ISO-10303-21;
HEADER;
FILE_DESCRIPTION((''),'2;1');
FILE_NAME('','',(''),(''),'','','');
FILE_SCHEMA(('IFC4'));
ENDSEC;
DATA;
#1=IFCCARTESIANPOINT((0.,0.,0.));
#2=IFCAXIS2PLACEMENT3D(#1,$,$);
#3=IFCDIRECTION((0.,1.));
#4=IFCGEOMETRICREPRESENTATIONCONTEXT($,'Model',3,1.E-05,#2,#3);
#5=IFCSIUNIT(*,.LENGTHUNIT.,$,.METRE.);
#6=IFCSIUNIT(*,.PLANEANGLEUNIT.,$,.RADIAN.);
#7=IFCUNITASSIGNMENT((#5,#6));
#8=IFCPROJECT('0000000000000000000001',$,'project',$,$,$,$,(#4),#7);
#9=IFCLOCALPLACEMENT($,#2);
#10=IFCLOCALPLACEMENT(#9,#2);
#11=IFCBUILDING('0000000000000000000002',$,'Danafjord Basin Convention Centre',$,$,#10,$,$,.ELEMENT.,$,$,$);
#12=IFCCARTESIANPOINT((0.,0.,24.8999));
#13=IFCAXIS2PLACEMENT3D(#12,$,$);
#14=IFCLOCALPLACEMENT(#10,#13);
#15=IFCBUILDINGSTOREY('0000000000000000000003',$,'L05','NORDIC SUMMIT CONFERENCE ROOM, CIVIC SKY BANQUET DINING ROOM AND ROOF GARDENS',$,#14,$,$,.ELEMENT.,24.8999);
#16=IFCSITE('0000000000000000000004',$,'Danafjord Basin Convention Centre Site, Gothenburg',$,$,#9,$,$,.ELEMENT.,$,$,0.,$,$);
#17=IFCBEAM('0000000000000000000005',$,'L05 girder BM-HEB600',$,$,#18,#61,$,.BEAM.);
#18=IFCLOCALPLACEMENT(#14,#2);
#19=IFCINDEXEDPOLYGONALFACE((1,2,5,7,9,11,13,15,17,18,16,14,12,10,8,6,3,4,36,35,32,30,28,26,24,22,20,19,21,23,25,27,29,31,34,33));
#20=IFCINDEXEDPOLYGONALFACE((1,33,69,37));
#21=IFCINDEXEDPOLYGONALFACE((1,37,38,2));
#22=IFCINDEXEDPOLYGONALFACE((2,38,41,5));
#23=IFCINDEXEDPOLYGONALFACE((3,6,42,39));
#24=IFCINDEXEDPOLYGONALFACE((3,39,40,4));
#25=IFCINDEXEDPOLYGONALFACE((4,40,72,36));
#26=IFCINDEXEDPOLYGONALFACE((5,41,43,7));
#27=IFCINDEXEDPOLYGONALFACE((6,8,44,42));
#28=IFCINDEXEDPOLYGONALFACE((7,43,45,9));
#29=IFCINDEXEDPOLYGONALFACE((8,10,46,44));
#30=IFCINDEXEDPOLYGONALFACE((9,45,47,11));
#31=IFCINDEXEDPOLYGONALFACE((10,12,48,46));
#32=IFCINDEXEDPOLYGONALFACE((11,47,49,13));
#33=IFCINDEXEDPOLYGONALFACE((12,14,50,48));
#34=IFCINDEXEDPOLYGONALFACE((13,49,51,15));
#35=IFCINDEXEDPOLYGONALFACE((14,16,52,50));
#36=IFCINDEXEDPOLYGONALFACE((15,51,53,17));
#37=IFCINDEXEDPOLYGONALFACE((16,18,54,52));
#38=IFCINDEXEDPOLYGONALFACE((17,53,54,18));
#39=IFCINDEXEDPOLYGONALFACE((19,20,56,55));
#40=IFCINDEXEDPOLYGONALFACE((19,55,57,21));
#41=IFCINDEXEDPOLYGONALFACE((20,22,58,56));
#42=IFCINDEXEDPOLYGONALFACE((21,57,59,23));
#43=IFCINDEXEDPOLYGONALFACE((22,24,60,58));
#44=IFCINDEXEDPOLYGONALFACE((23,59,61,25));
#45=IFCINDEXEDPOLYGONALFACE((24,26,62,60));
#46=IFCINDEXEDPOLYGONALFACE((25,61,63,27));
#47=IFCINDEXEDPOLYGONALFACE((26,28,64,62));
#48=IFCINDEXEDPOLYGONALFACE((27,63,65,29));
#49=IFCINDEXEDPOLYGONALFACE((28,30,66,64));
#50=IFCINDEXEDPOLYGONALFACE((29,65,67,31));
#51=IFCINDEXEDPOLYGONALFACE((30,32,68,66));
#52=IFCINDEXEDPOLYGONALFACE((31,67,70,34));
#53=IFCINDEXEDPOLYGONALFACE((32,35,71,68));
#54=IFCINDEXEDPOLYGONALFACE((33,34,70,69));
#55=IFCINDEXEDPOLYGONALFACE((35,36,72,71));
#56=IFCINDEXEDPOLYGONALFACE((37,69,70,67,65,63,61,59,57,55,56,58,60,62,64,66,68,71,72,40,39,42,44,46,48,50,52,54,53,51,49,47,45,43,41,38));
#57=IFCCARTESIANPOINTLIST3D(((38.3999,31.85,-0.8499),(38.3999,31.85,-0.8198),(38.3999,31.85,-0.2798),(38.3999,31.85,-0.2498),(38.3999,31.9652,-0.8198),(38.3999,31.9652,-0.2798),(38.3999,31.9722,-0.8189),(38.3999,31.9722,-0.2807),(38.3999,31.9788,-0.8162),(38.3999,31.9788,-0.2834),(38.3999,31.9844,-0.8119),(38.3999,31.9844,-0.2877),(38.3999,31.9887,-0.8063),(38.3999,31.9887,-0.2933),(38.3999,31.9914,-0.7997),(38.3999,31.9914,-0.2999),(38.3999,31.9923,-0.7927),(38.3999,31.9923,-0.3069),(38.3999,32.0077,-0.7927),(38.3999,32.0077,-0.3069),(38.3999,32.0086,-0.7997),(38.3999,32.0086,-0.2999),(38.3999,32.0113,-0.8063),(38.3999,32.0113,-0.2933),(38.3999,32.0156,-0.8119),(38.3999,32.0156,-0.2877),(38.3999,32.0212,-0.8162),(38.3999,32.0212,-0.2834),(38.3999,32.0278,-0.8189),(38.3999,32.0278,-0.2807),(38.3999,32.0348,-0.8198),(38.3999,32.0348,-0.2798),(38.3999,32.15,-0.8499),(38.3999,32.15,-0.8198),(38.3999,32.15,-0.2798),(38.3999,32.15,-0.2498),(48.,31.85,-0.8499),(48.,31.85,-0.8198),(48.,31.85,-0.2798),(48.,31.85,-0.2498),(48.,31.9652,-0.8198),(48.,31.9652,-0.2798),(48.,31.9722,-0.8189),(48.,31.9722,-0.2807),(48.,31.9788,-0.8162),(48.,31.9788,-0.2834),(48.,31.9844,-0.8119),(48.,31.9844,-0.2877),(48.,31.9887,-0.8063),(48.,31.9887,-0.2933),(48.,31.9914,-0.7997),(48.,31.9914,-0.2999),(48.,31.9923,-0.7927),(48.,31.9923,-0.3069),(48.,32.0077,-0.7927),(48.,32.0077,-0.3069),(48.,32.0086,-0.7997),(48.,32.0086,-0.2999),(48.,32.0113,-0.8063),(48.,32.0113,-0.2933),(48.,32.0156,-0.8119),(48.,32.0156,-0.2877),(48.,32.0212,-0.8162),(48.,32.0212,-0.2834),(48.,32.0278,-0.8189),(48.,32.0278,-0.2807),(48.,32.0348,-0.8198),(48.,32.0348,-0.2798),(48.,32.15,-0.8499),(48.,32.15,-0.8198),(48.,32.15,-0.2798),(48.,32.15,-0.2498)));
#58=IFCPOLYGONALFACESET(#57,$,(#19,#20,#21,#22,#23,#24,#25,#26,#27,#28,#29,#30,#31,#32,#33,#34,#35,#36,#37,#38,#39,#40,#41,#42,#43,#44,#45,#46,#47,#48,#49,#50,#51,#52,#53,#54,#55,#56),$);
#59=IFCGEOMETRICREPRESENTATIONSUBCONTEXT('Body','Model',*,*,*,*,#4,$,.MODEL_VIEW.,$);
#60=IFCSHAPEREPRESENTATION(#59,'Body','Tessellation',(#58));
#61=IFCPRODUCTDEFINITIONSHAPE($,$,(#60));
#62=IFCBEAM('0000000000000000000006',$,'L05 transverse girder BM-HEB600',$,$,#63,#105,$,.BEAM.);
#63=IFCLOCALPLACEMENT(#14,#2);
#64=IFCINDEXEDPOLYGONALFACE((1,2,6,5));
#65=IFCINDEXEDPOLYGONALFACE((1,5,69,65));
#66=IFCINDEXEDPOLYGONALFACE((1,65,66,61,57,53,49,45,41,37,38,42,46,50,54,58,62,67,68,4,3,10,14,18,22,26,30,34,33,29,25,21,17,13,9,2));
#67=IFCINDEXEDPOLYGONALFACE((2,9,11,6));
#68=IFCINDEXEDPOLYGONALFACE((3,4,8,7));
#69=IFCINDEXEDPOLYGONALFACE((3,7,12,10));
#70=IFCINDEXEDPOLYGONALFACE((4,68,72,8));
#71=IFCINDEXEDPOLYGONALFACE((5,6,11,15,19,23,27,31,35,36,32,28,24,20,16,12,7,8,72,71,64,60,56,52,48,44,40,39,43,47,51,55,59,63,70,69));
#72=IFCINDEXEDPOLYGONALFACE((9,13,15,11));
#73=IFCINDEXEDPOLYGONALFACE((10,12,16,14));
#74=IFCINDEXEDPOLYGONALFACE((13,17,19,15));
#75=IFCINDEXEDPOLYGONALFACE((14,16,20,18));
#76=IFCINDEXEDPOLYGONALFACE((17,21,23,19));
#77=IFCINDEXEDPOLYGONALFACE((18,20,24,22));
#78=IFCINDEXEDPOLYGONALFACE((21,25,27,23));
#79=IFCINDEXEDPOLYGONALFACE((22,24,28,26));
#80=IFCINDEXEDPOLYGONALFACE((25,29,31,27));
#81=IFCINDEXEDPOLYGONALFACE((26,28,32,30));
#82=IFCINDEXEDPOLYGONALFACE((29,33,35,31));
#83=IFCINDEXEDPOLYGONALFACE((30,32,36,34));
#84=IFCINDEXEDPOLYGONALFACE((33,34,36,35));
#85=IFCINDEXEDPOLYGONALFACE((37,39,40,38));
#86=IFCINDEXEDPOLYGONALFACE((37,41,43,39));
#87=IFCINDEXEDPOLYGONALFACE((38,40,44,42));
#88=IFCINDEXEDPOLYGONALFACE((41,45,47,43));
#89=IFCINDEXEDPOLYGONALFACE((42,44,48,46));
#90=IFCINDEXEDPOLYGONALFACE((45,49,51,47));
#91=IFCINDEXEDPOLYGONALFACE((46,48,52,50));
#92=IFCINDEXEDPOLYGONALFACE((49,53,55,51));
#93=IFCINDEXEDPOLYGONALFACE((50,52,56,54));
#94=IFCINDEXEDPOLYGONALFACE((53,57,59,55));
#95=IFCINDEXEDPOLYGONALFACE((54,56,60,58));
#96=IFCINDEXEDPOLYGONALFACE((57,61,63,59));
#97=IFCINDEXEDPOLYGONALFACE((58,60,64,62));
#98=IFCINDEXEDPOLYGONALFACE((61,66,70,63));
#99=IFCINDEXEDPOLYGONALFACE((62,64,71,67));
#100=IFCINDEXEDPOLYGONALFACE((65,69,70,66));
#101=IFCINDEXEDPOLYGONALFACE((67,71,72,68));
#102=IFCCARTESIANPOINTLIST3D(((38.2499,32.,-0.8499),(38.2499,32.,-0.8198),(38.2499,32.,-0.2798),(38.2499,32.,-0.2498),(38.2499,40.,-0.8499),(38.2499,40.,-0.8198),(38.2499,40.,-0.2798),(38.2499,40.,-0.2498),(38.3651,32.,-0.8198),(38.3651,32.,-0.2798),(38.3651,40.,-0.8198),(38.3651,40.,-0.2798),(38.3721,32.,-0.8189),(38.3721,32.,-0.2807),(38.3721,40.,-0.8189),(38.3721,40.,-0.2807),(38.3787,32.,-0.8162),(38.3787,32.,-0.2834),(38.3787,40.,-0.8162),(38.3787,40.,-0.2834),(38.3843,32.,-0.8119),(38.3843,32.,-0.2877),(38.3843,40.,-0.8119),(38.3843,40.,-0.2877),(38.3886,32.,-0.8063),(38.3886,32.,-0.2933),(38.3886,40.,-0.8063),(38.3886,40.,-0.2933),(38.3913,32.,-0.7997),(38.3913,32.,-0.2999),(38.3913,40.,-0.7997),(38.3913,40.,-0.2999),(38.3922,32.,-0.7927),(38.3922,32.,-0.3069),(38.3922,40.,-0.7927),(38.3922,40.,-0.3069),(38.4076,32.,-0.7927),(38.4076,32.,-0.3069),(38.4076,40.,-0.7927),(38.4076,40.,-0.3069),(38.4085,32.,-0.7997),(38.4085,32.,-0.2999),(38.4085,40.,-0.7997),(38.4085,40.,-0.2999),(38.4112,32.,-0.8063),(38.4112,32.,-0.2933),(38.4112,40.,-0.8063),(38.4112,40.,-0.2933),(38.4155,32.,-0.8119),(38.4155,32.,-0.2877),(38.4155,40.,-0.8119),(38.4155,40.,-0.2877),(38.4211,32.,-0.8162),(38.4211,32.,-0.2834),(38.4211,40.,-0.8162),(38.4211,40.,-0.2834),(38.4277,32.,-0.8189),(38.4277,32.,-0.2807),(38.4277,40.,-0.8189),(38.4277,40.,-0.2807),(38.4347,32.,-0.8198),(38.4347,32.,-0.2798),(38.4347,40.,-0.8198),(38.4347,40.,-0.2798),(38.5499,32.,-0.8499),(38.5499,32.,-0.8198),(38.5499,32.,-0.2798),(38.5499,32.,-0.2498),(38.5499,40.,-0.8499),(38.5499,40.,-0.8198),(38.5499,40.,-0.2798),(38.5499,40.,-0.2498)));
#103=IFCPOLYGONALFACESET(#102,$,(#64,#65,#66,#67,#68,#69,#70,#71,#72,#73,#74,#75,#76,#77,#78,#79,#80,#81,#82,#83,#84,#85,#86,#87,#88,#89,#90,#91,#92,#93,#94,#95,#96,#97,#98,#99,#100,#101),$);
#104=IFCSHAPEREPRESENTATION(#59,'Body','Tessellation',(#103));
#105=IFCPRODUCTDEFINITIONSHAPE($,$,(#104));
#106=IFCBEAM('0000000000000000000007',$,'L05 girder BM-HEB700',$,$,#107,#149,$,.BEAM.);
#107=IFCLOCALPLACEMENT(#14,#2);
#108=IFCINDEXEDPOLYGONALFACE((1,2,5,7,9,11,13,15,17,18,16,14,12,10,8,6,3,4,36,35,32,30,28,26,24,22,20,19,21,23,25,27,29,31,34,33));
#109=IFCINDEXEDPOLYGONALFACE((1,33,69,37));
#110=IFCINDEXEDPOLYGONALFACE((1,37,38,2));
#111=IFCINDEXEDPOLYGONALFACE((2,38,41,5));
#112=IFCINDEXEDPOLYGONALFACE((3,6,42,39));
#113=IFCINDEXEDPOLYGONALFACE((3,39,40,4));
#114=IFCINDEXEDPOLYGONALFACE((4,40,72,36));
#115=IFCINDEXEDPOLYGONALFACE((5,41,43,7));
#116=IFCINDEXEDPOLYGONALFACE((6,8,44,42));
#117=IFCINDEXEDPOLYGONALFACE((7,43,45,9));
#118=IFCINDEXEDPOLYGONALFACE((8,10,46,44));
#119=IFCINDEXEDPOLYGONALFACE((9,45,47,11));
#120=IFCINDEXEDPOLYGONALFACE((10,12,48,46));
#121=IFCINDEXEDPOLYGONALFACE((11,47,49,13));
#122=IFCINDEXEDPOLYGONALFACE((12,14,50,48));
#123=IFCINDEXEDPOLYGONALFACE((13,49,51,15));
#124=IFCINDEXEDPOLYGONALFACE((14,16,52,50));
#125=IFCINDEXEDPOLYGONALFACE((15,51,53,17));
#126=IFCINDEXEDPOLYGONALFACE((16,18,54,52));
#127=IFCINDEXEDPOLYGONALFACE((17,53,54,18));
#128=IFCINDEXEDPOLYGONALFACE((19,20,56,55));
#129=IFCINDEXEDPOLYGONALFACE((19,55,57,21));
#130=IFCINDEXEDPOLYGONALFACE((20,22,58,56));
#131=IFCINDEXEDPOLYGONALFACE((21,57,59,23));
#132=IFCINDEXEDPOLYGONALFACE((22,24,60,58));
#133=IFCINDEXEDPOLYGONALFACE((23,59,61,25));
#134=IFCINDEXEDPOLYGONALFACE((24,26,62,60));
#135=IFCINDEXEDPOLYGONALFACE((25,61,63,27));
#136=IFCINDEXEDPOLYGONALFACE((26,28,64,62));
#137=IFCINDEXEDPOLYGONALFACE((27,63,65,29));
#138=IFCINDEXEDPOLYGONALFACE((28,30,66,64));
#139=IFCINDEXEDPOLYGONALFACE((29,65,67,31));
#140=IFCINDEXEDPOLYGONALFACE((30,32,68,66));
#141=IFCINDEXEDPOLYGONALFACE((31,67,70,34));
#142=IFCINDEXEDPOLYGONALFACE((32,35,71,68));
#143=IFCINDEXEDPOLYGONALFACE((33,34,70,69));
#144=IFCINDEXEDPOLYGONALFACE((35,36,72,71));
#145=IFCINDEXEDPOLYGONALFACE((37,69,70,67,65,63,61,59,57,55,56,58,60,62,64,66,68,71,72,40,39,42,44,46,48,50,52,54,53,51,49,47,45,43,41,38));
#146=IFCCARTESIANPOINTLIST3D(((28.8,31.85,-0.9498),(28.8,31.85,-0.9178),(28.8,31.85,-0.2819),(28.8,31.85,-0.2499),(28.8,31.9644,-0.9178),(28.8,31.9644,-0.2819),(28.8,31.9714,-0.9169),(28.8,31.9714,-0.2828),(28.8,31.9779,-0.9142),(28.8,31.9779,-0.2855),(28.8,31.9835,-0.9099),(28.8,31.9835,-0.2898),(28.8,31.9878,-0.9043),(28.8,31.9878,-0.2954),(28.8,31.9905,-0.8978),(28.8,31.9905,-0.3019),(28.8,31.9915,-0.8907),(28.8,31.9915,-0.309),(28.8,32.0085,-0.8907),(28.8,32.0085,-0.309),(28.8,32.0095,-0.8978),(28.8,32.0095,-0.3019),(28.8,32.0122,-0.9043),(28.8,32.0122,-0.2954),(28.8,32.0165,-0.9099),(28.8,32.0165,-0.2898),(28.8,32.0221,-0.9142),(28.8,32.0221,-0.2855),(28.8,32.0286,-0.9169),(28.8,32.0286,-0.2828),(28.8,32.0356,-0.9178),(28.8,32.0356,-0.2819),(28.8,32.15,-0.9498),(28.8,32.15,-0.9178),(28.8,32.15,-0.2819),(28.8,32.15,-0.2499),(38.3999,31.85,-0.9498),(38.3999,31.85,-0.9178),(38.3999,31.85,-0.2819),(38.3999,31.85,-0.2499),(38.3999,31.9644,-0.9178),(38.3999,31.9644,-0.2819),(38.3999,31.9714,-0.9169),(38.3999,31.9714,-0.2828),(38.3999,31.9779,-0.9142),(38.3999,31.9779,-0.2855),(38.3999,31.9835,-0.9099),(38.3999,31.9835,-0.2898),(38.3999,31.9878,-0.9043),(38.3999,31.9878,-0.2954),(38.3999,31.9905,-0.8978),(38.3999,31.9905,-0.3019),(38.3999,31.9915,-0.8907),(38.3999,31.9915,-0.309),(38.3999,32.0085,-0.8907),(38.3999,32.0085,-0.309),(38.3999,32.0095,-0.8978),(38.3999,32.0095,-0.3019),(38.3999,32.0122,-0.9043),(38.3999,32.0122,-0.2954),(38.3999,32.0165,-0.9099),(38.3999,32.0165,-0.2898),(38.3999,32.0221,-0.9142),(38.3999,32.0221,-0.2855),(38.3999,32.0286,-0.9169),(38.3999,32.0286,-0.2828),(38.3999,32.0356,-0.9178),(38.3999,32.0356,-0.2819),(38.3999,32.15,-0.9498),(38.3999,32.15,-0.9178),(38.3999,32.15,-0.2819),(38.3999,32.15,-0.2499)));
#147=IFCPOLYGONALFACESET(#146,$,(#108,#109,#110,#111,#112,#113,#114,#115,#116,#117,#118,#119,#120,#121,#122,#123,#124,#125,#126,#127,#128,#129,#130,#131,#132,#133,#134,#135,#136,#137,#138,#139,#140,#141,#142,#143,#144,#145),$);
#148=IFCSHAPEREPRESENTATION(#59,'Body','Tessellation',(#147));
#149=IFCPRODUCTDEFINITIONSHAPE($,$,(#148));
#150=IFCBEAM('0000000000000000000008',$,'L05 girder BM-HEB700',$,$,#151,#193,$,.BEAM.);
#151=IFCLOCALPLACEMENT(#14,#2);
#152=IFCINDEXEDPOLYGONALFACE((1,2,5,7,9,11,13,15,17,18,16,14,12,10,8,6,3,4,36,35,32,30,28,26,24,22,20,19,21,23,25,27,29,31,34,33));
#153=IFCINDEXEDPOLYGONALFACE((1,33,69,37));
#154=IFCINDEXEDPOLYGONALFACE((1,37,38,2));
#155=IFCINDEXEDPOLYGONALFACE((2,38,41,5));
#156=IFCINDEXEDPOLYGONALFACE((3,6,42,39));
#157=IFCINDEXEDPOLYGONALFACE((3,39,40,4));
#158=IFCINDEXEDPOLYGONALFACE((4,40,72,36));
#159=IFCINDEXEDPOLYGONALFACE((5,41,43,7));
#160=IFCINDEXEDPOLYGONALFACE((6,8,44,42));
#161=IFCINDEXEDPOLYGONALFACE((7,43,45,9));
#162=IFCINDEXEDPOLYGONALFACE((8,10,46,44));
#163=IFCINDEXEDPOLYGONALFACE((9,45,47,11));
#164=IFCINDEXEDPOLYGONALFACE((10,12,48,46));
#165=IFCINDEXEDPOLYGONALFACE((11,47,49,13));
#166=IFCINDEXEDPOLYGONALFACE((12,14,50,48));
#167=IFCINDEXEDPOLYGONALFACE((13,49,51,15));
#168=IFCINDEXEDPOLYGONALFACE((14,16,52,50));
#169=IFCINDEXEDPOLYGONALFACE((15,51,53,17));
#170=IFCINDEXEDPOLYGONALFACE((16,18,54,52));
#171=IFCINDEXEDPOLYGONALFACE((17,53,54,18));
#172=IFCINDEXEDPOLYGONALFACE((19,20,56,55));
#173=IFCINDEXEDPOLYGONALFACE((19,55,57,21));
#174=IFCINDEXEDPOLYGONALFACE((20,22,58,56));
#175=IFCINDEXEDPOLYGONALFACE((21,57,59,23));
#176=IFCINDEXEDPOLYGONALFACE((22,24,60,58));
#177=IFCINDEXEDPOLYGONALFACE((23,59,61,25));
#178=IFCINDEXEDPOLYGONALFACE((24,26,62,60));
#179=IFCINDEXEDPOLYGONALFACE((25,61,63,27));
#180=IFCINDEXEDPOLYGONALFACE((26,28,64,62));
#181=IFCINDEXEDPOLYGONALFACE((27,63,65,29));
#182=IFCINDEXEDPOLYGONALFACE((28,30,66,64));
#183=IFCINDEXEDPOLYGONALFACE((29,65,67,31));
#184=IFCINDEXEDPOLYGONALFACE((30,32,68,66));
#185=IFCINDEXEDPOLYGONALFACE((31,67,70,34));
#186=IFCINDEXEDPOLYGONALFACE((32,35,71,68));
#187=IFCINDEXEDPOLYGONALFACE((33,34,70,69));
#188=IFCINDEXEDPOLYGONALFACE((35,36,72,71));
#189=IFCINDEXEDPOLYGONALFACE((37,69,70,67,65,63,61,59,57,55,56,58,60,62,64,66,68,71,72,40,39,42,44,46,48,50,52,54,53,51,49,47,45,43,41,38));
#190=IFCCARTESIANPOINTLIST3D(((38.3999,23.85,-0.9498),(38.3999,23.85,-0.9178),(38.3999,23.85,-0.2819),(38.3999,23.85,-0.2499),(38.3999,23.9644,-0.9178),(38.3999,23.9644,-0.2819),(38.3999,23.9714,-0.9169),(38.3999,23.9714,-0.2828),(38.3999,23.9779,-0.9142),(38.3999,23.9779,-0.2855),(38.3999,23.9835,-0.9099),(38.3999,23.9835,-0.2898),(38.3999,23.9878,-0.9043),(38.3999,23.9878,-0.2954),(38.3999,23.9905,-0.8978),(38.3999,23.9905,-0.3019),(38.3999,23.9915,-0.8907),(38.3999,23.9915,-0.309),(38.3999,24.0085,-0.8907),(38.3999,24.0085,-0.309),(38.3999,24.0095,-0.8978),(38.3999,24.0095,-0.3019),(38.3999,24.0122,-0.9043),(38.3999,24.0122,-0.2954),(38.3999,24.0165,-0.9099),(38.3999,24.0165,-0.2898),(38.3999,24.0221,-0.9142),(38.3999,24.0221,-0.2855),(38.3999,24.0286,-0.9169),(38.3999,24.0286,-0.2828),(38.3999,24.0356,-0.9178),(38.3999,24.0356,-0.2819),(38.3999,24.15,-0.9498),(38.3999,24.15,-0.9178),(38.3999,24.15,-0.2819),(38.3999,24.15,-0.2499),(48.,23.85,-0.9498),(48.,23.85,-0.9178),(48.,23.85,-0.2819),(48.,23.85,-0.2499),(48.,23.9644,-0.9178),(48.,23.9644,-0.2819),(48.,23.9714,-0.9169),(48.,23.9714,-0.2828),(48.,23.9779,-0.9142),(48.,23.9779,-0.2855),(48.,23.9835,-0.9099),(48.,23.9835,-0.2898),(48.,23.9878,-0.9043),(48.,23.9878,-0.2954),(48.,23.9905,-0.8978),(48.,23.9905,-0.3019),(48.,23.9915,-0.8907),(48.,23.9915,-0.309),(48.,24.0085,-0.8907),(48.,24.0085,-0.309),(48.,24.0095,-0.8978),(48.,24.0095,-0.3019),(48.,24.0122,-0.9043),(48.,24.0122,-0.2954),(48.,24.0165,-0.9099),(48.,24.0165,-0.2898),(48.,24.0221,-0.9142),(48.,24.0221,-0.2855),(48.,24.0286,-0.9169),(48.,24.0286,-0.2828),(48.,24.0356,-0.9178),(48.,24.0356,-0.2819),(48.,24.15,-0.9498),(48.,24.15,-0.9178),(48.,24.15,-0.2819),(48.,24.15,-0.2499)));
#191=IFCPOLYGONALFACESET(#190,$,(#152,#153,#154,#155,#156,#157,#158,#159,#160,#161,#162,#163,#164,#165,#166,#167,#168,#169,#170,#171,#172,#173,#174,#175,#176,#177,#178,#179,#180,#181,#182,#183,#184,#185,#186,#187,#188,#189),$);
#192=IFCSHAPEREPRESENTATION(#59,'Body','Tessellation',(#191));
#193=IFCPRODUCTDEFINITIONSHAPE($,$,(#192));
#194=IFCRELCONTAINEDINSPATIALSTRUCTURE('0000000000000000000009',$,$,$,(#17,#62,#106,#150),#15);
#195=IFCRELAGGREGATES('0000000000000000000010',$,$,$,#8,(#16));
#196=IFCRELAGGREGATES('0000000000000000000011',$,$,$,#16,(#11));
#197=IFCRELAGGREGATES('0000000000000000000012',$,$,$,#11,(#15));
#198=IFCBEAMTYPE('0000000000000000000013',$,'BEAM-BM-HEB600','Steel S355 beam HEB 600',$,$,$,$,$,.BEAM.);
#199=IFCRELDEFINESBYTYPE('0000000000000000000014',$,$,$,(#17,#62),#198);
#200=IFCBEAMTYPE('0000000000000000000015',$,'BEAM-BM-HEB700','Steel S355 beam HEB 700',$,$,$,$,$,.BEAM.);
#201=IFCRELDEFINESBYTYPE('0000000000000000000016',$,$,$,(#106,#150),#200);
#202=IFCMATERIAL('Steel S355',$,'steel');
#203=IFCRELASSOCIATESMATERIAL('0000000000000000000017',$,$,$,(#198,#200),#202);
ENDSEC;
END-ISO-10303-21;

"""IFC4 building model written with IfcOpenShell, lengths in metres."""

from ifc_helpers import new_model, si_unit, direction, frame, origin, origin_2d, place, context, subcontext, project, spatial, i_section, extrude, material, material_profile, profile_set, type_object, element, save


model = new_model("IFC4")

# Units and contexts
model_context = context("Model", 3, precision=1e-05, world=origin(), true_north=direction((0.0, 1.0)))
body_context = subcontext(model_context, "Body", "Model", "MODEL_VIEW")
ifc_project = project(units=[si_unit("LENGTHUNIT", "METRE"), si_unit("PLANEANGLEUNIT", "RADIAN")], contexts=[model_context])

# Site, building, storey
site_placement = place(None, origin())
site = spatial("IfcSite", under=ifc_project, at=site_placement, Name="Danafjord Basin Convention Centre Site, Gothenburg", CompositionType="ELEMENT", RefElevation=0.0)
building_placement = place(site_placement, origin())
building = spatial("IfcBuilding", under=site, at=building_placement, Name="Danafjord Basin Convention Centre", CompositionType="ELEMENT")
storey_placement = place(building_placement, frame((0.0, 0.0, 24.8999)))
storey = spatial("IfcBuildingStorey", under=building, at=storey_placement, Name="L05", Description="NORDIC SUMMIT CONFERENCE ROOM, CIVIC SKY BANQUET DINING ROOM AND ROOF GARDENS", CompositionType="ELEMENT", Elevation=24.8999)

# Shared definitions
ifc_material_1 = material(Name="Steel S355", Category="steel")

# Beams
ifc_material_profile_1 = material_profile(ifc_material_1, i_section(OverallWidth=0.3, OverallDepth=0.6001, WebThickness=0.0154, FlangeThickness=0.03, FilletRadius=0.0271, at=origin_2d()), Name="HEB 600")
ifc_profile_set_1 = profile_set([ifc_material_profile_1], Name="Steel S355")
beam_type_1 = type_object("IfcBeamType", Name="BEAM-BM-HEB600", Description="Steel S355 beam HEB 600", PredefinedType="BEAM", material=ifc_profile_set_1)
beam_1_placement = place(storey_placement, frame((38.3999, 32.0, -0.5498), z_axis=(1.0, 0.0, 0.0), x_axis=(0.0, 1.0, 0.0)))
element("IfcBeam", 1, at=beam_1_placement, inside=storey, type_object=beam_type_1, Name="L05 girder BM-HEB600", PredefinedType="BEAM", context=body_context, shape_type="SweptSolid", body=[
    extrude(i_section(OverallWidth=0.3, OverallDepth=0.6001, WebThickness=0.0154, FlangeThickness=0.03, FilletRadius=0.0271, at=origin_2d()), origin(), (0.0, 0.0, 1.0), 9.6001),
])
beam_2_placement = place(storey_placement, frame((38.3999, 32.0, -0.5498), z_axis=(0.0, 1.0, 0.0), x_axis=(-1.0, 0.0, 0.0)))
element("IfcBeam", 2, at=beam_2_placement, inside=storey, type_object=beam_type_1, Name="L05 transverse girder BM-HEB600", PredefinedType="BEAM", context=body_context, shape_type="SweptSolid", body=[
    extrude(i_section(OverallWidth=0.3, OverallDepth=0.6001, WebThickness=0.0154, FlangeThickness=0.03, FilletRadius=0.0271, at=origin_2d()), origin(), (0.0, 0.0, 1.0), 8.0),
])
ifc_material_profile_2 = material_profile(ifc_material_1, i_section(OverallWidth=0.3, OverallDepth=0.7, WebThickness=0.0171, FlangeThickness=0.032, FilletRadius=0.0271, at=origin_2d()), Name="HEB 700")
ifc_profile_set_2 = profile_set([ifc_material_profile_2], Name="Steel S355")
beam_type_2 = type_object("IfcBeamType", Name="BEAM-BM-HEB700", Description="Steel S355 beam HEB 700", PredefinedType="BEAM", material=ifc_profile_set_2)
beam_3_placement = place(storey_placement, frame((28.8, 32.0, -0.5999), z_axis=(1.0, 0.0, 0.0), x_axis=(0.0, 1.0, 0.0)))
element("IfcBeam", 3, at=beam_3_placement, inside=storey, type_object=beam_type_2, Name="L05 girder BM-HEB700", PredefinedType="BEAM", context=body_context, shape_type="SweptSolid", body=[
    extrude(i_section(OverallWidth=0.3, OverallDepth=0.7, WebThickness=0.0171, FlangeThickness=0.032, FilletRadius=0.0271, at=origin_2d()), origin(), (0.0, 0.0, 1.0), 9.5999),
])
beam_4_placement = place(storey_placement, frame((38.3999, 24.0, -0.5999), z_axis=(1.0, 0.0, 0.0), x_axis=(0.0, 1.0, 0.0)))
element("IfcBeam", 4, at=beam_4_placement, inside=storey, type_object=beam_type_2, Name="L05 girder BM-HEB700", PredefinedType="BEAM", context=body_context, shape_type="SweptSolid", body=[
    extrude(i_section(OverallWidth=0.3, OverallDepth=0.7, WebThickness=0.0171, FlangeThickness=0.032, FilletRadius=0.0271, at=origin_2d()), origin(), (0.0, 0.0, 1.0), 9.6001),
])

save(model, "model.ifc")
